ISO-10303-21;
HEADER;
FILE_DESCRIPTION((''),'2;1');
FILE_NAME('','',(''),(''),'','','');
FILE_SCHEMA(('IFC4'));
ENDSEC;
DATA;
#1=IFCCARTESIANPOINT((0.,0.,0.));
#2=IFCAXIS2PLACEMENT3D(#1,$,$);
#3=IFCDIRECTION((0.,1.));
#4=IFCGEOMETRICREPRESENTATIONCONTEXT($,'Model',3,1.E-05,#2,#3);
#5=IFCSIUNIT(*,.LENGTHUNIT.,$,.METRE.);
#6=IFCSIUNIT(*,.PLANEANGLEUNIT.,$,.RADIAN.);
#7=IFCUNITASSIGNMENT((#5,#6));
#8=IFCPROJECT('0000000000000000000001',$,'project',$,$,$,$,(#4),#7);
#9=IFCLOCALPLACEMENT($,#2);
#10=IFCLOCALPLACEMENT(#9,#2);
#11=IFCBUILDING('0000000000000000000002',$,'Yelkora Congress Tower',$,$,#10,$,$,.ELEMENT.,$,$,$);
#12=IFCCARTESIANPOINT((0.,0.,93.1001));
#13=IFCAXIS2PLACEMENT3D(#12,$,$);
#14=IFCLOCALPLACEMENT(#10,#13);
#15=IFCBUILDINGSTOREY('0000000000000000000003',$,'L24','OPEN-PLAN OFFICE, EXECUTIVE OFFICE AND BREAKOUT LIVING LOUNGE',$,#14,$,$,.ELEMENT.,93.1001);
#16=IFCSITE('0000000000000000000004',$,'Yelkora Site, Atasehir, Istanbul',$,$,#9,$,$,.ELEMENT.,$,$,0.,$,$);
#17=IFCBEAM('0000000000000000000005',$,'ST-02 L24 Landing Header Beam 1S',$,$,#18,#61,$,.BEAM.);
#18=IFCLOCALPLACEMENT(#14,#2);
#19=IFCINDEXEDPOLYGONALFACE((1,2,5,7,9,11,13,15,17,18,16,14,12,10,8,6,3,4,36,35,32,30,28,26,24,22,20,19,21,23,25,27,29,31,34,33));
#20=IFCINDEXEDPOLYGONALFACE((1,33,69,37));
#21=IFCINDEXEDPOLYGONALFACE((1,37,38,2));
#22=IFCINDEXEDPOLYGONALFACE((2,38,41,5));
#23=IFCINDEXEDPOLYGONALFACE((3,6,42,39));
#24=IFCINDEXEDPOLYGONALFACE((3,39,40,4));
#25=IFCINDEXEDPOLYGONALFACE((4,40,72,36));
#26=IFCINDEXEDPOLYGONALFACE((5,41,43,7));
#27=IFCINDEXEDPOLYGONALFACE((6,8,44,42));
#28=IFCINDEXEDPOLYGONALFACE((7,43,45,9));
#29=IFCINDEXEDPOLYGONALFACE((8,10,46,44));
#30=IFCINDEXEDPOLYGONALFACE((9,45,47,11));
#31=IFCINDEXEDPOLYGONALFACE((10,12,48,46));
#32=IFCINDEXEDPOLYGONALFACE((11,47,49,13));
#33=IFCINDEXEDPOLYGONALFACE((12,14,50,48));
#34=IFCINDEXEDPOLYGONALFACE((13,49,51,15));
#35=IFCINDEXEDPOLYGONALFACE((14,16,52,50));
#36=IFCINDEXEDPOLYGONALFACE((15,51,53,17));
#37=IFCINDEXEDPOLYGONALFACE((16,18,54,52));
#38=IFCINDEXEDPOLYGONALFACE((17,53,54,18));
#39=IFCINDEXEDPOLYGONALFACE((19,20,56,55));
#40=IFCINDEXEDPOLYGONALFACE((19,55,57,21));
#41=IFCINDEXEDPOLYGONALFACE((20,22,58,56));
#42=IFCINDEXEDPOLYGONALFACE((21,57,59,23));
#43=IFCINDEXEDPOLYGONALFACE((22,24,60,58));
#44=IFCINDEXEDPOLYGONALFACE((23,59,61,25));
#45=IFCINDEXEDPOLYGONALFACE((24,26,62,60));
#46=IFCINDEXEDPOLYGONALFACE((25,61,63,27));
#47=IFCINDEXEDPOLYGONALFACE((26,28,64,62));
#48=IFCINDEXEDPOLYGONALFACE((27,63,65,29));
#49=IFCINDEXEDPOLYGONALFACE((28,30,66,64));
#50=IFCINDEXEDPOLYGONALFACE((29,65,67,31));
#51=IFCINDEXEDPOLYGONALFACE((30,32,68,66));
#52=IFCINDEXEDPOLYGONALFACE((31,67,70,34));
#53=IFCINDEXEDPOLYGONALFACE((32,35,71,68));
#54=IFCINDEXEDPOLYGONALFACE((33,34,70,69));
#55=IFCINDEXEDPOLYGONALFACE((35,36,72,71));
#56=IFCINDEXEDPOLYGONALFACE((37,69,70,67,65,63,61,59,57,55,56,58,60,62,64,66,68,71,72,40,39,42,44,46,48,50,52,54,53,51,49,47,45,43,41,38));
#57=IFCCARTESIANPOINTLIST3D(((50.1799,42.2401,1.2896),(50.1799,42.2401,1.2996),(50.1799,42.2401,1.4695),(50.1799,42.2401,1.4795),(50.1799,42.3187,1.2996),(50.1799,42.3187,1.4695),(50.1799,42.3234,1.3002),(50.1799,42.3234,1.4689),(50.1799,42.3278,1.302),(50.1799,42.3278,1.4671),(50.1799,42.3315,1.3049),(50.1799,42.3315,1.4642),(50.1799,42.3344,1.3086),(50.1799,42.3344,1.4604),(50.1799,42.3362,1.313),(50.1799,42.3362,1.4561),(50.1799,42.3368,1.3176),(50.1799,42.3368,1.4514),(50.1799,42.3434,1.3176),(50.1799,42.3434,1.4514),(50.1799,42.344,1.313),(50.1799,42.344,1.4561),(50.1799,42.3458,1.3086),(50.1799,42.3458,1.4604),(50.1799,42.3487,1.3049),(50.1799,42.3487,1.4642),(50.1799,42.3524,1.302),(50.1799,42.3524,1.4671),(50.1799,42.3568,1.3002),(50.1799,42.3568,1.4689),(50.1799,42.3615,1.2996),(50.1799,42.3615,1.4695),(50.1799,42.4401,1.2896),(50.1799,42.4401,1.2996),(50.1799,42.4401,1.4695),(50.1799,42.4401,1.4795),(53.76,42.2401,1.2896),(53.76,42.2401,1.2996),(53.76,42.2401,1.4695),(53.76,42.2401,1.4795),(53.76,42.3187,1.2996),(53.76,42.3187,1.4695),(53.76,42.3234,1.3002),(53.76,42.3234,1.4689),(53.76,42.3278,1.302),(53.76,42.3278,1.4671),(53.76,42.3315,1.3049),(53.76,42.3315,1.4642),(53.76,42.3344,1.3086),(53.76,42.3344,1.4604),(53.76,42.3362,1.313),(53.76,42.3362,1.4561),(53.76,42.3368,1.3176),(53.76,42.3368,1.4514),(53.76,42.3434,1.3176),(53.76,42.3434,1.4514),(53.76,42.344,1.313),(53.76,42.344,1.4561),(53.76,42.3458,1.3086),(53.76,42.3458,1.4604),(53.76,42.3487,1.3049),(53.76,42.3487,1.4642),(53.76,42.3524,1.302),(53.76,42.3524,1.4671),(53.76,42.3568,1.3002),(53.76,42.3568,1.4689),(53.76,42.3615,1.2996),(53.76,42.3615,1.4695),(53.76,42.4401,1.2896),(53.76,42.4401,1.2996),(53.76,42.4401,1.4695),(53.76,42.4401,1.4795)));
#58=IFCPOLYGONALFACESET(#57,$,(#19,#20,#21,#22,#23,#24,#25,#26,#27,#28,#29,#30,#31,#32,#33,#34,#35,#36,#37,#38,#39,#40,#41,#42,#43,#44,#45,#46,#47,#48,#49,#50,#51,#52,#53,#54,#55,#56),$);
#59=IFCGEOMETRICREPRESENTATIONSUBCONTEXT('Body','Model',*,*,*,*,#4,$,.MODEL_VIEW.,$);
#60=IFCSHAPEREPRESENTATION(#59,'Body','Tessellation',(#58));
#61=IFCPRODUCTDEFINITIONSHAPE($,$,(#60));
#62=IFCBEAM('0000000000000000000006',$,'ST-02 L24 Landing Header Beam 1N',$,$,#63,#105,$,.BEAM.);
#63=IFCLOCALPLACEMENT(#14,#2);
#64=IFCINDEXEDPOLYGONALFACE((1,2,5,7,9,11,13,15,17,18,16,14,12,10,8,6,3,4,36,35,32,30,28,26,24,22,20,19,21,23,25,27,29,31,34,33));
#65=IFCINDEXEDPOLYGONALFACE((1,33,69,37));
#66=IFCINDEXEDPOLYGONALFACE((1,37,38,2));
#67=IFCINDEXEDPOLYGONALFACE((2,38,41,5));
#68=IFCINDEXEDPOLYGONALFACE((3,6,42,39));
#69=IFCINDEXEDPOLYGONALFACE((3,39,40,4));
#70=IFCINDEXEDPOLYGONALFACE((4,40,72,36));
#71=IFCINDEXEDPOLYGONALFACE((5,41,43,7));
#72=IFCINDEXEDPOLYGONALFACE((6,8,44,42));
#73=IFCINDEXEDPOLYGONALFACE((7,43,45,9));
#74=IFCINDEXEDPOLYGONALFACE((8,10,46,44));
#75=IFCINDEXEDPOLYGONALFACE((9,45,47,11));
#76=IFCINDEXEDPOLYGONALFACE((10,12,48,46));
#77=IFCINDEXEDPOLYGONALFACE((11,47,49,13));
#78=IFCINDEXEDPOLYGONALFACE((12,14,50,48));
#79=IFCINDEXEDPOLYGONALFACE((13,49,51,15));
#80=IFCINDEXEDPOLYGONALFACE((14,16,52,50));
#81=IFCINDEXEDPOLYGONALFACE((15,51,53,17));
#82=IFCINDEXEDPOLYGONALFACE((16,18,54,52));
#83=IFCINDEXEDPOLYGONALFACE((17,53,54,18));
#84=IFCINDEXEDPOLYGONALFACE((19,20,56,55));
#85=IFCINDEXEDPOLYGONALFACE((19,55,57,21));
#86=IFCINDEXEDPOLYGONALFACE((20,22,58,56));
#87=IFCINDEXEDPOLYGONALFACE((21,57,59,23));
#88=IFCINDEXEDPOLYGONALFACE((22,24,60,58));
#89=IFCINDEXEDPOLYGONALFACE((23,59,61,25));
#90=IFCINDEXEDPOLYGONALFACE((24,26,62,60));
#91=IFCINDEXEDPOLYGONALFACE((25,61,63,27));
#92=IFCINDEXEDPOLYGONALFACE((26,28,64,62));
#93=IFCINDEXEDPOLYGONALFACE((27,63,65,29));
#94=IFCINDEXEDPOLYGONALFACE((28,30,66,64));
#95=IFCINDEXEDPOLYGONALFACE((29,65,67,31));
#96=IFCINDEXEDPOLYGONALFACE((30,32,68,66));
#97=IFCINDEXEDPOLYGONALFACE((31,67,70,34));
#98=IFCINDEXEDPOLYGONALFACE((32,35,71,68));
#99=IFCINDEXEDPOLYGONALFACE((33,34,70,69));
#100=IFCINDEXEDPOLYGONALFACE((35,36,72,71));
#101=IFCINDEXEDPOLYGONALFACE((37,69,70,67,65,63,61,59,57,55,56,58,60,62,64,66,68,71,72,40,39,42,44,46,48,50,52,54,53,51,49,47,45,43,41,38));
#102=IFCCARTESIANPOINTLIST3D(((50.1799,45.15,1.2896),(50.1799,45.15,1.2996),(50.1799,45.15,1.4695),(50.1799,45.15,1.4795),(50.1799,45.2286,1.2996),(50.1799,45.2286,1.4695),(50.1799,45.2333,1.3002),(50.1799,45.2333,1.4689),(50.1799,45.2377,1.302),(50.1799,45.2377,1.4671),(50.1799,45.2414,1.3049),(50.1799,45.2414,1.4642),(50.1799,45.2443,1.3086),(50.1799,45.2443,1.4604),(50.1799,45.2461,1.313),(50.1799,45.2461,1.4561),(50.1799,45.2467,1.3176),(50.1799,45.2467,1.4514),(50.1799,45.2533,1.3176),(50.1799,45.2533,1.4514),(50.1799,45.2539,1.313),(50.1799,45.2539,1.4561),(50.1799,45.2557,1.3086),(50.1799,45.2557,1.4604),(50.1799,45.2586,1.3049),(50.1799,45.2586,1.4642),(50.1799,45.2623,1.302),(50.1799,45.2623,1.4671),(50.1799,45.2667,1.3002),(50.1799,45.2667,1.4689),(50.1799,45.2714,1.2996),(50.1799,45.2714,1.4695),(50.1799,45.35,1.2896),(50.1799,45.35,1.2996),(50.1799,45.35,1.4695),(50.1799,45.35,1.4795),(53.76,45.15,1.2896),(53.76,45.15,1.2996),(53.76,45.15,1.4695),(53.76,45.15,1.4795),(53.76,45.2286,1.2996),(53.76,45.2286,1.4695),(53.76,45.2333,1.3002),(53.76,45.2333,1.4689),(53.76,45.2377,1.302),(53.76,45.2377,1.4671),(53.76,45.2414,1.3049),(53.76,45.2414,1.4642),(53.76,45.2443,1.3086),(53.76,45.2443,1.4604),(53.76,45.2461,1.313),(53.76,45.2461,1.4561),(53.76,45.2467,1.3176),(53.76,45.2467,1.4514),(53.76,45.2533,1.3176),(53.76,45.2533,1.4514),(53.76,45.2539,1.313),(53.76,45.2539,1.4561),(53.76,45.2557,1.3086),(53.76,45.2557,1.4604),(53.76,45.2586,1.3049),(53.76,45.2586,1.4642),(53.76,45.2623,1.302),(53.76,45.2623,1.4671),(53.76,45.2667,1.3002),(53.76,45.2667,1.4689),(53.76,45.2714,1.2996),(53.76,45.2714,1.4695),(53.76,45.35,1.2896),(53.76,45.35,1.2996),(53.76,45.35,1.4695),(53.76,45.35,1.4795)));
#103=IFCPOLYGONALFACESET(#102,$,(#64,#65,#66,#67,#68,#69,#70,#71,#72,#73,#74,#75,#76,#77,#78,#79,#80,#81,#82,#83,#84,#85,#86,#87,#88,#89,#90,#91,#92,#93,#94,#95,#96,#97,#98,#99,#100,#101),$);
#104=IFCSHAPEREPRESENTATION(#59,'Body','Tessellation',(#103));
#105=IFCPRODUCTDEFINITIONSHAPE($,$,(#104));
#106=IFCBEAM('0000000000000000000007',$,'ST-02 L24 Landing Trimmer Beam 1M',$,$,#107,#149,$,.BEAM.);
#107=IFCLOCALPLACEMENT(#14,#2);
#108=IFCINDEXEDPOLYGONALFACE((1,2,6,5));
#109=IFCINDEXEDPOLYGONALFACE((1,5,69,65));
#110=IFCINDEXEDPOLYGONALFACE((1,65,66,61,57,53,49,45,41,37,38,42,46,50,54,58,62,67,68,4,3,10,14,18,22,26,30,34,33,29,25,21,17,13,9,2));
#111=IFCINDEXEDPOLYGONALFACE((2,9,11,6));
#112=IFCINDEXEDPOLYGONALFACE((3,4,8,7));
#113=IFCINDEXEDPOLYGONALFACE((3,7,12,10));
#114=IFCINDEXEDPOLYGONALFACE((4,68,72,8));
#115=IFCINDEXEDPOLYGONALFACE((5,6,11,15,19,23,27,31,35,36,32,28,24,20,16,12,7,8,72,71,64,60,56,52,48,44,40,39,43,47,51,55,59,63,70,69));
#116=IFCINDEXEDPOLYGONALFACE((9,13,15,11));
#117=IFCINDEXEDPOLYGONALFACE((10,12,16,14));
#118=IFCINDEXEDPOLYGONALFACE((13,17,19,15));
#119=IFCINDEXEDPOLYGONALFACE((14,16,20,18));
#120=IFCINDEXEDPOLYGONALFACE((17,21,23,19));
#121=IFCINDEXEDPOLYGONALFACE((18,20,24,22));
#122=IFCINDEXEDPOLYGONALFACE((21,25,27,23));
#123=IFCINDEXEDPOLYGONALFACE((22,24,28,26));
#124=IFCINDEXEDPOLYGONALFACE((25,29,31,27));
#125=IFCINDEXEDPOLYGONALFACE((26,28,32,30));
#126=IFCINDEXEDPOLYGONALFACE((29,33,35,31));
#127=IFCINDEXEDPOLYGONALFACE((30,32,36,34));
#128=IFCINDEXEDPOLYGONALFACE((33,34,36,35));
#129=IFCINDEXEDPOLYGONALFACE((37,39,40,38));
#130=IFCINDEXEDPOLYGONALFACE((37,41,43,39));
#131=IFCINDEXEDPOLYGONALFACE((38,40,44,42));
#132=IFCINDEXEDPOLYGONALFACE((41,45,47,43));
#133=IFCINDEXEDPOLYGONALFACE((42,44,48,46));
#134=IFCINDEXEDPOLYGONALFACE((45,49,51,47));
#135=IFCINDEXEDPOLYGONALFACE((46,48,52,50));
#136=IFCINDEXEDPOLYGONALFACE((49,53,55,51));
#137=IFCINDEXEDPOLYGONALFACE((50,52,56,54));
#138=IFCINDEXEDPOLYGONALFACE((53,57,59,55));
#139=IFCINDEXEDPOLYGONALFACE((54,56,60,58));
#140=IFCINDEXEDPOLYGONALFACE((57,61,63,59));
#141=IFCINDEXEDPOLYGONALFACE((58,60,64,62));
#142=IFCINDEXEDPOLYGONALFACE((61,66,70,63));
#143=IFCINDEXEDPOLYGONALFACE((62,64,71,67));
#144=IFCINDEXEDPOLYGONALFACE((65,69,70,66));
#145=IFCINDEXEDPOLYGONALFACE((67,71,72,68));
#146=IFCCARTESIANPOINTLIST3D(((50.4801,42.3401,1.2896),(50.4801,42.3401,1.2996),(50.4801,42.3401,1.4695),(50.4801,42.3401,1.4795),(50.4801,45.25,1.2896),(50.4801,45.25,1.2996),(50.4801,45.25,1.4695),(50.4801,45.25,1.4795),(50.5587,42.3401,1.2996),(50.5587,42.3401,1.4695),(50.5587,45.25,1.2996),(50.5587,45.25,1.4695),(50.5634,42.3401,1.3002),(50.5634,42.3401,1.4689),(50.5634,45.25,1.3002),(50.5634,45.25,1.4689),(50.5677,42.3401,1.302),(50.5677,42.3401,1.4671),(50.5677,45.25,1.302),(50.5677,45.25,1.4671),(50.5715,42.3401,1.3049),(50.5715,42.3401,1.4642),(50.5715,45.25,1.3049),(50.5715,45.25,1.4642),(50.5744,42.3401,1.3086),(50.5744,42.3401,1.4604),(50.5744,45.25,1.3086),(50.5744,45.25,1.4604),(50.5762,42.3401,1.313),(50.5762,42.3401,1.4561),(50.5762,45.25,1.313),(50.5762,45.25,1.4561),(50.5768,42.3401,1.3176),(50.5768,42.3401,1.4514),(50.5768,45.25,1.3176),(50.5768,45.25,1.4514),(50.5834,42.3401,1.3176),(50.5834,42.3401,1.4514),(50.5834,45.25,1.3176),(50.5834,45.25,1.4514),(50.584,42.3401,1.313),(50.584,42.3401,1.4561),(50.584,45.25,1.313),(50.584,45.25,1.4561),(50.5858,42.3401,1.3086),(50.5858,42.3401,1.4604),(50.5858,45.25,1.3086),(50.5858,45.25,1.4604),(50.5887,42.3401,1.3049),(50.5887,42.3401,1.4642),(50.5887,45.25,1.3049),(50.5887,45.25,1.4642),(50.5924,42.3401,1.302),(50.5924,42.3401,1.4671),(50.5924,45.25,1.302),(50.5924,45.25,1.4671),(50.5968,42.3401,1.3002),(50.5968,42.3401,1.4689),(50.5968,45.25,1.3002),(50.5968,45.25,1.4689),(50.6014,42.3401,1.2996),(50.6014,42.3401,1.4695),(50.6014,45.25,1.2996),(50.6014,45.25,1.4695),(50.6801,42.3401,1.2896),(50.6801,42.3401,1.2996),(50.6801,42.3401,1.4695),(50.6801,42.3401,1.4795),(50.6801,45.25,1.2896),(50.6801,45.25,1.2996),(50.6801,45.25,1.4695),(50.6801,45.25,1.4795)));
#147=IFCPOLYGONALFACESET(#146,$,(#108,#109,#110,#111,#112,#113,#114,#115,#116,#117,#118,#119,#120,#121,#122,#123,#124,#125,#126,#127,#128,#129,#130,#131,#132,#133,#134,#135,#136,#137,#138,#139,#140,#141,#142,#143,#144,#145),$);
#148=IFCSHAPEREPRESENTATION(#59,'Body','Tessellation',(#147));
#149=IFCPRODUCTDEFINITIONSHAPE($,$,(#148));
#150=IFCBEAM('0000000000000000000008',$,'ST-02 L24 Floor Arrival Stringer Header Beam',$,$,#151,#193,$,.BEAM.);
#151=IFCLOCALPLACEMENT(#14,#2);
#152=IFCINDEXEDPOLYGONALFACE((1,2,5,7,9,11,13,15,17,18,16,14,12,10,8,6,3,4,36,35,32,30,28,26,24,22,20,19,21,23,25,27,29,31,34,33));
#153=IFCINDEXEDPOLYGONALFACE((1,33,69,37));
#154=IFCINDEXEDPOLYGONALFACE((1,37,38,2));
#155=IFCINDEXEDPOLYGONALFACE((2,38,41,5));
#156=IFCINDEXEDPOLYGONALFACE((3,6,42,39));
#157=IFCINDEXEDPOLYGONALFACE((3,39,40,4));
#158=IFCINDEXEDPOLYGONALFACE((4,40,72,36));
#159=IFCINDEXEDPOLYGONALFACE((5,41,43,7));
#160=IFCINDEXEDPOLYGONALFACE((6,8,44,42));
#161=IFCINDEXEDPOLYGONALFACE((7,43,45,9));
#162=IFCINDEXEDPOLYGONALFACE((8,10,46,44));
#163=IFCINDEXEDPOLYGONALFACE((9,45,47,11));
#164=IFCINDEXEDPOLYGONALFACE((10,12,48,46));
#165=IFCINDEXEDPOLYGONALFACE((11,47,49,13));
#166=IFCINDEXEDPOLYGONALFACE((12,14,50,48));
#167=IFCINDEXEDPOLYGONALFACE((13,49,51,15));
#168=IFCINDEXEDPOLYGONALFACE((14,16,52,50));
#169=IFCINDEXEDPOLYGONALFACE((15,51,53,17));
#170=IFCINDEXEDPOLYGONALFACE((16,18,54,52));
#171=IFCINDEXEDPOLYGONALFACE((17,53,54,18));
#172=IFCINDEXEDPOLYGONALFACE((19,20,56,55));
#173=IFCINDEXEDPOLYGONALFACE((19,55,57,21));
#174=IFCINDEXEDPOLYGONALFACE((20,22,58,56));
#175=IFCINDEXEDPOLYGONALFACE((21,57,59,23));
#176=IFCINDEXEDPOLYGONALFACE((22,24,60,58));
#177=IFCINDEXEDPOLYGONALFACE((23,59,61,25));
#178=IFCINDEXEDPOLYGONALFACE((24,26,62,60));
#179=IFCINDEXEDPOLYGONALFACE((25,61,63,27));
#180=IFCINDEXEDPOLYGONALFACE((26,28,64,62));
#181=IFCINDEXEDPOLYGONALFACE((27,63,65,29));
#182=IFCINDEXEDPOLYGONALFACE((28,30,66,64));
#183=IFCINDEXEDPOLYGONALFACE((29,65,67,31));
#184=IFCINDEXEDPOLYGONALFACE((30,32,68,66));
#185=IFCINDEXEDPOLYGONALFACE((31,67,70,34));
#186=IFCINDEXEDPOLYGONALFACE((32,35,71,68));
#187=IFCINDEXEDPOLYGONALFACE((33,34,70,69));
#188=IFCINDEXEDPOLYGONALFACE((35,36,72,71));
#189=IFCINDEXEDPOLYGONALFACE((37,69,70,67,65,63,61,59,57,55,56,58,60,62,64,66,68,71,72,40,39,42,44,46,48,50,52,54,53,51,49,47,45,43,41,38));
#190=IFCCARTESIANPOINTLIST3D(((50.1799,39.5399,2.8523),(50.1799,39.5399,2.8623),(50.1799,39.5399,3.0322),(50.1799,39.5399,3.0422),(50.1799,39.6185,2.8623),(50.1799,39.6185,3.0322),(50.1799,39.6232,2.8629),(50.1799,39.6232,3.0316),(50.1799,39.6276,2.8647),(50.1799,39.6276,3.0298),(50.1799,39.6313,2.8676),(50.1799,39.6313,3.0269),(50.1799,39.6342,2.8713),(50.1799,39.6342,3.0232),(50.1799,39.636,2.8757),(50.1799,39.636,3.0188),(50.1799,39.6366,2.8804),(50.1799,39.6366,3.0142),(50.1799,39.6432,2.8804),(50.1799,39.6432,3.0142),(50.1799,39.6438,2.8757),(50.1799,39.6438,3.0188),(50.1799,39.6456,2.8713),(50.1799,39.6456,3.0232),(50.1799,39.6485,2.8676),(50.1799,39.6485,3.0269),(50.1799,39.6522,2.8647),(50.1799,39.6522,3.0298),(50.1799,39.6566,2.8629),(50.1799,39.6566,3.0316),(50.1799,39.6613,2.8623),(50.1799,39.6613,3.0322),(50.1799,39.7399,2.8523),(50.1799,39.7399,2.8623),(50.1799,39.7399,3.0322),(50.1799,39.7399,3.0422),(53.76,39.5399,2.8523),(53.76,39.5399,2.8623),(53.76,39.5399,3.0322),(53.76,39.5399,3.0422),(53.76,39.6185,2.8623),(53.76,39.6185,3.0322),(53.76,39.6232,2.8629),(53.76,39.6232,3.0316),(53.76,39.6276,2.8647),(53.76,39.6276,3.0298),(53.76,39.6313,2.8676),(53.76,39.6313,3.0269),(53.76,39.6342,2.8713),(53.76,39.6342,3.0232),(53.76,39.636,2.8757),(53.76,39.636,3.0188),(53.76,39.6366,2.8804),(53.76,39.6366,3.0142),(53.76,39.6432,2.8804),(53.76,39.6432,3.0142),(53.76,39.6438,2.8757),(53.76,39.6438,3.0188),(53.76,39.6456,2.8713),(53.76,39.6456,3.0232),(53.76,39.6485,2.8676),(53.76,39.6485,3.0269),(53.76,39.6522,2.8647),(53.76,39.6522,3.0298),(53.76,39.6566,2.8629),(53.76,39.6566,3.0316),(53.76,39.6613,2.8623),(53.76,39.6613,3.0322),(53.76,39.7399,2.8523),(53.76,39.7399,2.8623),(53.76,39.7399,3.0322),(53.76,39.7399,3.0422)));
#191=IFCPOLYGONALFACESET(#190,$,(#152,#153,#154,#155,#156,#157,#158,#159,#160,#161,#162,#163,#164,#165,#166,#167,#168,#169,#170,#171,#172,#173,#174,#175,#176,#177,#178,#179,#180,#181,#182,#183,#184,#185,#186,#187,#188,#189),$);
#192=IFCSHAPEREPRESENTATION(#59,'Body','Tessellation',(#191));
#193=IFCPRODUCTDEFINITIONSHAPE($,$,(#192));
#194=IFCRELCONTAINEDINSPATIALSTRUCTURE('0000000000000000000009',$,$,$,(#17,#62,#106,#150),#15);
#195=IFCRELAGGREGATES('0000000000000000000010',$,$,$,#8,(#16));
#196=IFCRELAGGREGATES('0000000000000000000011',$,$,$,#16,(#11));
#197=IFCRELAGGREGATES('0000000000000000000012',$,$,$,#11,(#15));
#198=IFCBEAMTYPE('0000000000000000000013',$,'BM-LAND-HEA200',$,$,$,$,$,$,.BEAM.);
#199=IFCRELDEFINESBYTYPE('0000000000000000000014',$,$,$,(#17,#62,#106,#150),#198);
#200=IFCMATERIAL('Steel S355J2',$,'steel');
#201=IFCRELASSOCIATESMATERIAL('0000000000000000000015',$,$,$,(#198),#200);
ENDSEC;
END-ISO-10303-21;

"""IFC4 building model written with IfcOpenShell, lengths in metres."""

from ifc_helpers import new_model, si_unit, direction, frame, origin, origin_2d, place, context, subcontext, project, spatial, i_section, extrude, material, material_profile, profile_set, type_object, element, save


model = new_model("IFC4")

# Units and contexts
model_context = context("Model", 3, precision=1e-05, world=origin(), true_north=direction((0.0, 1.0)))
body_context = subcontext(model_context, "Body", "Model", "MODEL_VIEW")
ifc_project = project(units=[si_unit("LENGTHUNIT", "METRE"), si_unit("PLANEANGLEUNIT", "RADIAN")], contexts=[model_context])

# Site, building, storey
site_placement = place(None, origin())
site = spatial("IfcSite", under=ifc_project, at=site_placement, Name="Yelkora Site, Atasehir, Istanbul", CompositionType="ELEMENT", RefElevation=0.0)
building_placement = place(site_placement, origin())
building = spatial("IfcBuilding", under=site, at=building_placement, Name="Yelkora Congress Tower", CompositionType="ELEMENT")
storey_placement = place(building_placement, frame((0.0, 0.0, 93.1001)))
storey = spatial("IfcBuildingStorey", under=building, at=storey_placement, Name="L24", Description="OPEN-PLAN OFFICE, EXECUTIVE OFFICE AND BREAKOUT LIVING LOUNGE", CompositionType="ELEMENT", Elevation=93.1001)

# Beams
ifc_material_1 = material(Name="Steel S355J2", Category="steel")
ifc_material_profile_1 = material_profile(ifc_material_1, i_section(OverallWidth=0.2, OverallDepth=0.1899, WebThickness=0.0066, FlangeThickness=0.01, FilletRadius=0.0181, at=origin_2d()), Name="HEA 200")
ifc_profile_set_1 = profile_set([ifc_material_profile_1], Name="Steel S355J2")
beam_type_1 = type_object("IfcBeamType", Name="BM-LAND-HEA200", PredefinedType="BEAM", material=ifc_profile_set_1)
for number, where, z_axis, x_axis, name in (
    (1, (50.1799, 42.3401, 1.3845), (1.0, 0.0, 0.0), (0.0, 1.0, 0.0), "ST-02 L24 Landing Header Beam 1S"),
    (2, (50.1799, 45.25, 1.3845), (1.0, 0.0, 0.0), (0.0, 1.0, 0.0), "ST-02 L24 Landing Header Beam 1N"),
):
    element("IfcBeam", number, at=place(storey_placement, frame(where, z_axis=z_axis, x_axis=x_axis)), inside=storey, type_object=beam_type_1, Name=name, PredefinedType="BEAM", context=body_context, shape_type="SweptSolid", body=[
        extrude(i_section(OverallWidth=0.2, OverallDepth=0.1899, WebThickness=0.0066, FlangeThickness=0.01, FilletRadius=0.0181, at=origin_2d()), origin(), (0.0, 0.0, 1.0), 3.5801),
    ])
beam_1_placement = place(storey_placement, frame((50.5801, 42.3401, 1.3845), z_axis=(0.0, 1.0, 0.0), x_axis=(-1.0, 0.0, 0.0)))
element("IfcBeam", 3, at=beam_1_placement, inside=storey, type_object=beam_type_1, Name="ST-02 L24 Landing Trimmer Beam 1M", PredefinedType="BEAM", context=body_context, shape_type="SweptSolid", body=[
    extrude(i_section(OverallWidth=0.2, OverallDepth=0.1899, WebThickness=0.0066, FlangeThickness=0.01, FilletRadius=0.0181, at=origin_2d()), origin(), (0.0, 0.0, 1.0), 2.9099),
])
beam_2_placement = place(storey_placement, frame((50.1799, 39.6399, 2.9473), z_axis=(1.0, 0.0, 0.0), x_axis=(0.0, 1.0, 0.0)))
element("IfcBeam", 4, at=beam_2_placement, inside=storey, type_object=beam_type_1, Name="ST-02 L24 Floor Arrival Stringer Header Beam", PredefinedType="BEAM", context=body_context, shape_type="SweptSolid", body=[
    extrude(i_section(OverallWidth=0.2, OverallDepth=0.1899, WebThickness=0.0066, FlangeThickness=0.01, FilletRadius=0.0181, at=origin_2d()), origin(), (0.0, 0.0, 1.0), 3.5801),
])

save(model, "model.ifc")
